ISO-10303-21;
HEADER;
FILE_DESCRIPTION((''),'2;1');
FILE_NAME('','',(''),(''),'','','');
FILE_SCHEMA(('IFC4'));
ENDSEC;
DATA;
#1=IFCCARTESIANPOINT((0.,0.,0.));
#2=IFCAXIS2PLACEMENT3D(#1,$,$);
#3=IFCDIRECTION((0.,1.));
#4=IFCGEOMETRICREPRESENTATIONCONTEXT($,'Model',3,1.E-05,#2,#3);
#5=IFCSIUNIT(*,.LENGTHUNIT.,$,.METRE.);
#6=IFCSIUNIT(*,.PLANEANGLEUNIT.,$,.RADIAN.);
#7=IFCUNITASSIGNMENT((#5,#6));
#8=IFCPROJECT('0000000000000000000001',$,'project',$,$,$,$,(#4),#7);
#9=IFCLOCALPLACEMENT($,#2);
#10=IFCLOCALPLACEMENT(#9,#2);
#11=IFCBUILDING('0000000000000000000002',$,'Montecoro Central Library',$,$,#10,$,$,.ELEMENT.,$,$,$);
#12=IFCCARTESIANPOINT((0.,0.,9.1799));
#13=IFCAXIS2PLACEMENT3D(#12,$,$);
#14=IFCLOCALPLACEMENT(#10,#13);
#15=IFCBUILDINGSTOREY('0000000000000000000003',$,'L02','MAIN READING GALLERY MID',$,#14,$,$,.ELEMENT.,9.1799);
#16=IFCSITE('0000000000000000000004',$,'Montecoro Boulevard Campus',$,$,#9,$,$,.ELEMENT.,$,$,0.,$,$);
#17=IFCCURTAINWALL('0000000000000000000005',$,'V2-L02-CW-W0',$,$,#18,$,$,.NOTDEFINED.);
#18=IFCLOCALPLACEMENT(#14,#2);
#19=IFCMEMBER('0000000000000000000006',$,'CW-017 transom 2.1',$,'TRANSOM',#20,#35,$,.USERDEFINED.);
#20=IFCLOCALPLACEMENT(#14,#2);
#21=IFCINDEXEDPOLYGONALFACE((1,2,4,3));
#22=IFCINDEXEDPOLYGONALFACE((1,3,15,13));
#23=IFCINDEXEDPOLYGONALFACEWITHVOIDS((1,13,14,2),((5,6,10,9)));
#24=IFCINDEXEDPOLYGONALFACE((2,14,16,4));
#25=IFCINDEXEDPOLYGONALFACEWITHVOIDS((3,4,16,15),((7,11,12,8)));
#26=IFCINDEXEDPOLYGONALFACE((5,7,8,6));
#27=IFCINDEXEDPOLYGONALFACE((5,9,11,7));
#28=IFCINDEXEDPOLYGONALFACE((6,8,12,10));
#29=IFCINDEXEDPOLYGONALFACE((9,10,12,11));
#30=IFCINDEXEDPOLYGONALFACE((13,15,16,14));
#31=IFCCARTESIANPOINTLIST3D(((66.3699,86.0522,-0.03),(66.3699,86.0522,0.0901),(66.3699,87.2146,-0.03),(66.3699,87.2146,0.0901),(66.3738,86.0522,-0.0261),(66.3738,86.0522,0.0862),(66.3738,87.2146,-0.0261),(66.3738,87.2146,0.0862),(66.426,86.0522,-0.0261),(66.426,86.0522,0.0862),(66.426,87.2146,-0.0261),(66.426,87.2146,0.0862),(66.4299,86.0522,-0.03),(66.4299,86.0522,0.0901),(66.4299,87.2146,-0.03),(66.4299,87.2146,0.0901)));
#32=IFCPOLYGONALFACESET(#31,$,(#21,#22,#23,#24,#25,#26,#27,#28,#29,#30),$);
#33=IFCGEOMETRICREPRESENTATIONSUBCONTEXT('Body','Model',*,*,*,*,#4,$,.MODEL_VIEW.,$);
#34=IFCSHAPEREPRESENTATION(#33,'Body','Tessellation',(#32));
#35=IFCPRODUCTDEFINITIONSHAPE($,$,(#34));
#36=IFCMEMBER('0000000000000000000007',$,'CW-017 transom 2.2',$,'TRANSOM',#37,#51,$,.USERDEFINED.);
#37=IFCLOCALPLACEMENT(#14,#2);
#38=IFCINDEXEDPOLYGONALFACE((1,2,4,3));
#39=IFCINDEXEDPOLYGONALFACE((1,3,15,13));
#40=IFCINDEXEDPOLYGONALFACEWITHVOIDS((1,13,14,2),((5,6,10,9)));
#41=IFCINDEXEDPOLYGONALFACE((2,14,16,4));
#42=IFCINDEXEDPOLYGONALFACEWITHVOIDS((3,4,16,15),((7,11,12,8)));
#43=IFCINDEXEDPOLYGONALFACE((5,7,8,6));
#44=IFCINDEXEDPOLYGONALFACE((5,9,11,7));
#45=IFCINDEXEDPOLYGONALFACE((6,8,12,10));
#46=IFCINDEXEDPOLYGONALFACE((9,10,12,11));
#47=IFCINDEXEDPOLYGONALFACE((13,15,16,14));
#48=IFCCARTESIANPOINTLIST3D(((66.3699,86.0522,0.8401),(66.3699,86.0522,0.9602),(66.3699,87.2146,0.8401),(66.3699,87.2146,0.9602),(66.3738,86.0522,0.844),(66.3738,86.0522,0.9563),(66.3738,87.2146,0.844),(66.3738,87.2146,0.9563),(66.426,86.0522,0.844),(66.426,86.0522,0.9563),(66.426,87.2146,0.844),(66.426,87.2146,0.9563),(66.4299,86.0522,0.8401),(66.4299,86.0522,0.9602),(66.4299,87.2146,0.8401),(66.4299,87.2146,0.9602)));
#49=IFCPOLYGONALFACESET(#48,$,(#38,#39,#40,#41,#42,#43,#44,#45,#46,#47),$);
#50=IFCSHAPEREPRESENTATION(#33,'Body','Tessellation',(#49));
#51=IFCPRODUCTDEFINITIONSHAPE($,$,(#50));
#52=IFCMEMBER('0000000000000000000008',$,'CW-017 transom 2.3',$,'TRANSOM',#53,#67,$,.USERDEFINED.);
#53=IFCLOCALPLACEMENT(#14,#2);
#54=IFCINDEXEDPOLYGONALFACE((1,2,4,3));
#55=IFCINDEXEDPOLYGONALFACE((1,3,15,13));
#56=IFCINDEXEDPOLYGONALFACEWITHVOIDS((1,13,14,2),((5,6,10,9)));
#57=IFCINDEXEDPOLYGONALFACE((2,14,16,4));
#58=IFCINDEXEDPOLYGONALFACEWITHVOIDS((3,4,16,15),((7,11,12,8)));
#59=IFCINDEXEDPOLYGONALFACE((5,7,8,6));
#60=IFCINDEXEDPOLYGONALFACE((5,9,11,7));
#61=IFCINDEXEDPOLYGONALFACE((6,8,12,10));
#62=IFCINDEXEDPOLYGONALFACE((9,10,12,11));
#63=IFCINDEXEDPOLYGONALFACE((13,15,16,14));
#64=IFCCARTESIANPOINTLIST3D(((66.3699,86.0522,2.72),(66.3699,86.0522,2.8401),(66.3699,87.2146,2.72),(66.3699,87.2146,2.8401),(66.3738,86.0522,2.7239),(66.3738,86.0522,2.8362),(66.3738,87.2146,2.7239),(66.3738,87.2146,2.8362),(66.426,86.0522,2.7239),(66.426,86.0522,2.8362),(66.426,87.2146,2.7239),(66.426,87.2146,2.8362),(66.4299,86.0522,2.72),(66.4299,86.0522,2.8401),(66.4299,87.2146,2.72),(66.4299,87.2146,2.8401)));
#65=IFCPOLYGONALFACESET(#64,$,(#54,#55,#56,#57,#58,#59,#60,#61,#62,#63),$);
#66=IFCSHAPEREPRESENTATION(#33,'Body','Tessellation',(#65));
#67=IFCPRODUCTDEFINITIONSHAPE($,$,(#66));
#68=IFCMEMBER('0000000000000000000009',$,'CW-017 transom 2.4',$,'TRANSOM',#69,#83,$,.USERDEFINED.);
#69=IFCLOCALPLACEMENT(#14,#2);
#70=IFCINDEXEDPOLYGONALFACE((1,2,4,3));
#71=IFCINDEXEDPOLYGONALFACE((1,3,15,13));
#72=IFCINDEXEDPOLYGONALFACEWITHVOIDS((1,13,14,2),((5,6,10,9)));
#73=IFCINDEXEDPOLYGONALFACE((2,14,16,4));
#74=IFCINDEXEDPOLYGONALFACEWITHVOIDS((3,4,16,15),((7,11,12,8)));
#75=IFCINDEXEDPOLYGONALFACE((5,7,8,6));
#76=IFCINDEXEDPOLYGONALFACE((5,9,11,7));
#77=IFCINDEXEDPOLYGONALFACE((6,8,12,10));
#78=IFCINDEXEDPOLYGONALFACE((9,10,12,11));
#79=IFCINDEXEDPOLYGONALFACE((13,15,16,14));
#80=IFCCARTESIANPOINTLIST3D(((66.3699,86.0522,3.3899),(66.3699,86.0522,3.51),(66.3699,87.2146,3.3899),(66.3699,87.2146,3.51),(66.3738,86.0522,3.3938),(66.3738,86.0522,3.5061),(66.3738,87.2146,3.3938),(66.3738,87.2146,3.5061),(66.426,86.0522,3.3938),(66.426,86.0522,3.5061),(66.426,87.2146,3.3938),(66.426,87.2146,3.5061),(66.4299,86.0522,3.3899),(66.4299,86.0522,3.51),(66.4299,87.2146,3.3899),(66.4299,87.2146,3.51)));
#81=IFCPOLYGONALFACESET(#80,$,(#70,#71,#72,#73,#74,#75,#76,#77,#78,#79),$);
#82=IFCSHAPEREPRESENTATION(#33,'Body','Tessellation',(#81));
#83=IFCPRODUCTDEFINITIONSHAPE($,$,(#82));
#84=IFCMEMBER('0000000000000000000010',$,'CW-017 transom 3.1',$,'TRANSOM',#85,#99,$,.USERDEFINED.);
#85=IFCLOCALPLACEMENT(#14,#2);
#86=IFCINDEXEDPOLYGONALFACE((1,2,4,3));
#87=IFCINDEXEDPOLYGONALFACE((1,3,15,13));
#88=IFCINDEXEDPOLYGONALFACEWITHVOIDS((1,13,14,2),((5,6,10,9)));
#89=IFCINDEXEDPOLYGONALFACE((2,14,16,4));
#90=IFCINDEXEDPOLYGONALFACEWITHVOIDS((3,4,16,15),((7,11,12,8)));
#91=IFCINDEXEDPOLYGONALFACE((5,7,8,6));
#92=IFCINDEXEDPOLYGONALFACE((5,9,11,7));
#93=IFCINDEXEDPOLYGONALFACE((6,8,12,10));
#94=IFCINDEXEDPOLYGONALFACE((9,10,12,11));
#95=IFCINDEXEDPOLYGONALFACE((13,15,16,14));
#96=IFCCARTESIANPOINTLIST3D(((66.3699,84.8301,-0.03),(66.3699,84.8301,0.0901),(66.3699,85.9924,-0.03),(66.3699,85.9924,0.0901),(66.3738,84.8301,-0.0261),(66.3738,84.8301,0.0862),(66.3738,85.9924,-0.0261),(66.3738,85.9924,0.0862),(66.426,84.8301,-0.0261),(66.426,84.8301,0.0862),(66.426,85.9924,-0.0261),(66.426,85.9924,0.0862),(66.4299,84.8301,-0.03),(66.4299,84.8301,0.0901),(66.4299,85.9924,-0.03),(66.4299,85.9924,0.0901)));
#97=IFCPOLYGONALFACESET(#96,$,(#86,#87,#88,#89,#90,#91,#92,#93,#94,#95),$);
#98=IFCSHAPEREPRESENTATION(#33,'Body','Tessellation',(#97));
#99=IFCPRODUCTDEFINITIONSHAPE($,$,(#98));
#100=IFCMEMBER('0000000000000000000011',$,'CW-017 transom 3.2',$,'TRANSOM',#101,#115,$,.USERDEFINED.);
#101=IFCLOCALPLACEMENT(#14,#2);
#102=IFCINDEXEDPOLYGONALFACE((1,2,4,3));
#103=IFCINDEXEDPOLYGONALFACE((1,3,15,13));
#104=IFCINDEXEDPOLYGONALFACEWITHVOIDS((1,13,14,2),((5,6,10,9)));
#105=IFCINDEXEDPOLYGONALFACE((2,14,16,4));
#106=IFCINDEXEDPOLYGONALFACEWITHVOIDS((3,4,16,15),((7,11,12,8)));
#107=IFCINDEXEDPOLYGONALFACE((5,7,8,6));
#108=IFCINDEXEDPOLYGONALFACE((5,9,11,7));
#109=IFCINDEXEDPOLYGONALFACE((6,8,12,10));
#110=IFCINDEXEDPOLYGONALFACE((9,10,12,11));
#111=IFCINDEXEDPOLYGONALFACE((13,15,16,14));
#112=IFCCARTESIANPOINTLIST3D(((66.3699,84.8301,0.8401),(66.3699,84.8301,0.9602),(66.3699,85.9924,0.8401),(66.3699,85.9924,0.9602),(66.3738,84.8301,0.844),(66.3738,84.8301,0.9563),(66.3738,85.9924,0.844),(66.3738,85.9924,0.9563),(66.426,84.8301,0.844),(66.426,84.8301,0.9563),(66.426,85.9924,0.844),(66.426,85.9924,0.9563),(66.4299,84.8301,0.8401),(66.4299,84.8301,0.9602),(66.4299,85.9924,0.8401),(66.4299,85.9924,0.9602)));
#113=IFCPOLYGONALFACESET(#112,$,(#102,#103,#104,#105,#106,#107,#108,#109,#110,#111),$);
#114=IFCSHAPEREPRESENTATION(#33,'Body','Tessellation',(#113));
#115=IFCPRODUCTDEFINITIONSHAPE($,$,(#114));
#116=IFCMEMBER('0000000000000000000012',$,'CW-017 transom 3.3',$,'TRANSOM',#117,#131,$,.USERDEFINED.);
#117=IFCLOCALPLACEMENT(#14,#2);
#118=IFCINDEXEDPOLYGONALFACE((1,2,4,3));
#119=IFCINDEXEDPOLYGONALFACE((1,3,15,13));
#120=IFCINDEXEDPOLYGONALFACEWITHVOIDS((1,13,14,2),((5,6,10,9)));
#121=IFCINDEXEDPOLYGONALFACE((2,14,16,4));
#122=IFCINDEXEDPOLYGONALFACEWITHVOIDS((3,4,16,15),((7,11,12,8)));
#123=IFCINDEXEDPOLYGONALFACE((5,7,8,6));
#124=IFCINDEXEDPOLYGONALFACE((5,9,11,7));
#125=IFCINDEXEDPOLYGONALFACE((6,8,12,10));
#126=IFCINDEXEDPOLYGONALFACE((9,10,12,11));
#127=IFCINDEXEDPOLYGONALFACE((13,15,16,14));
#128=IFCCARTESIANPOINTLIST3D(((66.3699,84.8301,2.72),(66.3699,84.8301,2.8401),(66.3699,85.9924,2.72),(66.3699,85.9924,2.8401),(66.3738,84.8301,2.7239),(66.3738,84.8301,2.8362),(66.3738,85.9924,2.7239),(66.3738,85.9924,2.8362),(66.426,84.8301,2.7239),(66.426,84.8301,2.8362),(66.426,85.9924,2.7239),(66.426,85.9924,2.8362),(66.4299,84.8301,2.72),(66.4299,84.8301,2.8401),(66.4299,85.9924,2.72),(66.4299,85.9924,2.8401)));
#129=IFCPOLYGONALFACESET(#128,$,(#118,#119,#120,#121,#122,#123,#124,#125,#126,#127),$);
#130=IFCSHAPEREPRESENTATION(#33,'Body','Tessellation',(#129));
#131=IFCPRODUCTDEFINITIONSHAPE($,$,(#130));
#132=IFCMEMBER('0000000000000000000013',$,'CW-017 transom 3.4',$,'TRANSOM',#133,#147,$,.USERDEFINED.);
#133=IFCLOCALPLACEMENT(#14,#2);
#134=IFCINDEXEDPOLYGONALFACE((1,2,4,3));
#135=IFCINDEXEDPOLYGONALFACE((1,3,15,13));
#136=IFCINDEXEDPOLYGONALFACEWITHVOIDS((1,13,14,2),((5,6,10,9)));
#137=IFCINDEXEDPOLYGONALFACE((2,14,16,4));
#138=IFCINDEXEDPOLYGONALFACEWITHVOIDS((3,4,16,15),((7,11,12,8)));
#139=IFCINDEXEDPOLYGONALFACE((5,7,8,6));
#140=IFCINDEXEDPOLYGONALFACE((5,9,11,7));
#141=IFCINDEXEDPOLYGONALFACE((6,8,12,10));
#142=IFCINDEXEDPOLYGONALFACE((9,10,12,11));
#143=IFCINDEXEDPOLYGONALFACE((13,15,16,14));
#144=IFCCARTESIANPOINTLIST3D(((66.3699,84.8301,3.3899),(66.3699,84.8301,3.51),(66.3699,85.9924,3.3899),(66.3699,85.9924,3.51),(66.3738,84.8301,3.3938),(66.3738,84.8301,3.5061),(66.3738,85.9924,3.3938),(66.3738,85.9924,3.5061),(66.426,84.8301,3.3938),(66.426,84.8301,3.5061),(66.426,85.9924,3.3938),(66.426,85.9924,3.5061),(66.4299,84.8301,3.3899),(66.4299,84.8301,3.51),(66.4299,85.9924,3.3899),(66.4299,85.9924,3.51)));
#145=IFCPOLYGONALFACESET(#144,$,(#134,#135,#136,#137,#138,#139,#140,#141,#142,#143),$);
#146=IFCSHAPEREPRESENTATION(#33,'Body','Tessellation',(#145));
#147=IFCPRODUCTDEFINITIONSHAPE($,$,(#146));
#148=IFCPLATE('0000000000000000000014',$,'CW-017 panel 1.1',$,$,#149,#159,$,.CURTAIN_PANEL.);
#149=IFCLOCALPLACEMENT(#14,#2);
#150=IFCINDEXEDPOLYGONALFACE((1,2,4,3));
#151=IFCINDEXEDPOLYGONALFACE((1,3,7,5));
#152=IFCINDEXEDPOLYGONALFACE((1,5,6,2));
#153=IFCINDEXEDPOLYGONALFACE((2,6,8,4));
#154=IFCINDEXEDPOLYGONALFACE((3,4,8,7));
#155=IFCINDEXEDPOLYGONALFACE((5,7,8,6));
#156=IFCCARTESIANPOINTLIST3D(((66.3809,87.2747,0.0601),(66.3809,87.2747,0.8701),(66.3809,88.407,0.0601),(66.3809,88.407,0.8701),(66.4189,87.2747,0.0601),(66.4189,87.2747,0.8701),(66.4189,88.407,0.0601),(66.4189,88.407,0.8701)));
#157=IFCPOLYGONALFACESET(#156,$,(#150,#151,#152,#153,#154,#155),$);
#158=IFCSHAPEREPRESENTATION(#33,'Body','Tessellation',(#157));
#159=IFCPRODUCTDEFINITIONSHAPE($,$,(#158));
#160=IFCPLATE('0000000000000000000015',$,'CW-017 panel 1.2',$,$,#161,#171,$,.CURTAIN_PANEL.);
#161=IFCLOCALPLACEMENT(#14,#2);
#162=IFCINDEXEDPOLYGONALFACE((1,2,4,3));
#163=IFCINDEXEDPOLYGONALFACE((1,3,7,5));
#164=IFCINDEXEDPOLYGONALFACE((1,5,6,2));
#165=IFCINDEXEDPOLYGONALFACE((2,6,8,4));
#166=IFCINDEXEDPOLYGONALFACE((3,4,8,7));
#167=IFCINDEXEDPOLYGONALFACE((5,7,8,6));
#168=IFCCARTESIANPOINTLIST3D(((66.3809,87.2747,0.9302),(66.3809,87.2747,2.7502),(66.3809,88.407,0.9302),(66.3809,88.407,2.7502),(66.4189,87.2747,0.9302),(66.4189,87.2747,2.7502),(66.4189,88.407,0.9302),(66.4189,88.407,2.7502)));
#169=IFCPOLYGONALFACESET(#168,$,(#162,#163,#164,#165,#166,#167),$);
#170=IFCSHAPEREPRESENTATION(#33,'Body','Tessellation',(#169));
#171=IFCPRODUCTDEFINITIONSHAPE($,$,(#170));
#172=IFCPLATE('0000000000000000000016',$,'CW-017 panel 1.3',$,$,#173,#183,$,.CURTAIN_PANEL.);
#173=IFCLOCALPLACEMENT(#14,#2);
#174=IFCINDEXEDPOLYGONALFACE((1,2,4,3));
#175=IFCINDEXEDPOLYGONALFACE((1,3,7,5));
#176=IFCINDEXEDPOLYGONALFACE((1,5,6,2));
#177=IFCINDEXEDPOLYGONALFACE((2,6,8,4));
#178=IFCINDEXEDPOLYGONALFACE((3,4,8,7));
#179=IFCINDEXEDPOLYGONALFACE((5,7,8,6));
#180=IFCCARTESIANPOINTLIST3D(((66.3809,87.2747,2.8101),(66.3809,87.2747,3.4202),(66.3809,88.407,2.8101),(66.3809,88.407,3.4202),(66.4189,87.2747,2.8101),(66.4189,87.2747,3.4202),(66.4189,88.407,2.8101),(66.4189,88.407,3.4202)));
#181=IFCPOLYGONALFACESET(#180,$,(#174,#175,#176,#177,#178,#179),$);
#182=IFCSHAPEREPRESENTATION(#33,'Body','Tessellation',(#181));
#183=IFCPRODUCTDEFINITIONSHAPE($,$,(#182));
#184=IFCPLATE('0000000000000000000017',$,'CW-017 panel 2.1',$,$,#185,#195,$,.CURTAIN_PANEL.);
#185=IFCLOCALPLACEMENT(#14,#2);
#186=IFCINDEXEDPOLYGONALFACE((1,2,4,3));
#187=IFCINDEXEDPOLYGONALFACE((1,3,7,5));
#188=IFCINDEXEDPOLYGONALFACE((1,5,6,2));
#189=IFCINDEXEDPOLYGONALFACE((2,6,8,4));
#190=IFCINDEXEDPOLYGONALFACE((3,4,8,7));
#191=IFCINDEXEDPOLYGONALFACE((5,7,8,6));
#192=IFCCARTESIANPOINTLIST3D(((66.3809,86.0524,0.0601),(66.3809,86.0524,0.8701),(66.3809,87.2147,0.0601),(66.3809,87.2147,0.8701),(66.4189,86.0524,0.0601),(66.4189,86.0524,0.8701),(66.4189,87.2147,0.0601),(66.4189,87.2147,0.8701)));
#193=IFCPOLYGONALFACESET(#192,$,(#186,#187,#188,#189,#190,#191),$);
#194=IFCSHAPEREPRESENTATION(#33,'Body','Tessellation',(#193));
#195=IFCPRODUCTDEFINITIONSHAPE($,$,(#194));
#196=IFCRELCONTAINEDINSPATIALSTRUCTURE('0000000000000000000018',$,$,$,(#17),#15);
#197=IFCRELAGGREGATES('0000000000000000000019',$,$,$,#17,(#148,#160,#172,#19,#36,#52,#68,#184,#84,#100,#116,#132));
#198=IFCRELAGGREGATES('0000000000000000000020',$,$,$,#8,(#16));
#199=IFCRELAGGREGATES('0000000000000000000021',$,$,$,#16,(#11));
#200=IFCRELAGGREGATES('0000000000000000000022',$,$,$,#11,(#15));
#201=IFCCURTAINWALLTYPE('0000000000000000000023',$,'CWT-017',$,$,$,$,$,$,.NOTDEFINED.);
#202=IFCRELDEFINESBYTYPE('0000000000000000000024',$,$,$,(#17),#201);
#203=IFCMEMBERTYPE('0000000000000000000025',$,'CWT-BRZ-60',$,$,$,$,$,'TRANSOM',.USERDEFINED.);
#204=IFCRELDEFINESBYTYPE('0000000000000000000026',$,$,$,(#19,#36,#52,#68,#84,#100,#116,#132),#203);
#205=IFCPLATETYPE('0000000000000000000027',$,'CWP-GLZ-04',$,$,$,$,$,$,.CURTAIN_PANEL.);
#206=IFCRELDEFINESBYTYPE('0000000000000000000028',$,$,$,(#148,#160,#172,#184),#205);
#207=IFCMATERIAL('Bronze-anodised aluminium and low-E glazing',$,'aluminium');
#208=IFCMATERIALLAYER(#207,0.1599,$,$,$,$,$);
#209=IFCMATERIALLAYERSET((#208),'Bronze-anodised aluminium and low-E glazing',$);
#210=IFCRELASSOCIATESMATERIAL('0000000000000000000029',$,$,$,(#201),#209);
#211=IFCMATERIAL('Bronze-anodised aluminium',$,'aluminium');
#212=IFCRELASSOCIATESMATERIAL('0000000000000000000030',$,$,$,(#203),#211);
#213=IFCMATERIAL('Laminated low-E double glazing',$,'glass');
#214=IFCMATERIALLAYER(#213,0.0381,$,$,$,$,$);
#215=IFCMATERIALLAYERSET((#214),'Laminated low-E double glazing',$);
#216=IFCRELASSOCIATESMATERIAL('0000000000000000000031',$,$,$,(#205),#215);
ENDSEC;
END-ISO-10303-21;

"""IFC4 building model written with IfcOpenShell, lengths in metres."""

from ifc_helpers import new_model, si_unit, direction, frame, origin, origin_2d, place, context, subcontext, project, spatial, rectangle, hollow_rectangle, extrude, material, layer, layer_set, material_profile, profile_set, type_object, element, aggregate, save


model = new_model("IFC4")

# Units and contexts
model_context = context("Model", 3, precision=1e-05, world=origin(), true_north=direction((0.0, 1.0)))
body_context = subcontext(model_context, "Body", "Model", "MODEL_VIEW")
ifc_project = project(units=[si_unit("LENGTHUNIT", "METRE"), si_unit("PLANEANGLEUNIT", "RADIAN")], contexts=[model_context])

# Site, building, storey
site_placement = place(None, origin())
site = spatial("IfcSite", under=ifc_project, at=site_placement, Name="Montecoro Boulevard Campus", CompositionType="ELEMENT", RefElevation=0.0)
building_placement = place(site_placement, origin())
building = spatial("IfcBuilding", under=site, at=building_placement, Name="Montecoro Central Library", CompositionType="ELEMENT")
storey_placement = place(building_placement, frame((0.0, 0.0, 9.1799)))
storey = spatial("IfcBuildingStorey", under=building, at=storey_placement, Name="L02", Description="MAIN READING GALLERY MID", CompositionType="ELEMENT", Elevation=9.1799)

# Curtain wall, members, plates
ifc_material_1 = material(Name="Bronze-anodised aluminium and low-E glazing", Category="aluminium")
ifc_layer_1 = layer(ifc_material_1, 0.1599)
ifc_layer_set_1 = layer_set([ifc_layer_1], Name="Bronze-anodised aluminium and low-E glazing")
curtain_wall_type = type_object("IfcCurtainWallType", Name="CWT-017", PredefinedType="NOTDEFINED", material=ifc_layer_set_1)
curtain_wall_placement = place(storey_placement, origin())
curtain_wall = element("IfcCurtainWall", 1, at=curtain_wall_placement, inside=storey, type_object=curtain_wall_type, Name="V2-L02-CW-W0", PredefinedType="NOTDEFINED")
ifc_material_2 = material(Name="Bronze-anodised aluminium", Category="aluminium")
ifc_material_profile_1 = material_profile(ifc_material_2, hollow_rectangle(XDim=0.0601, YDim=0.1201, WallThickness=0.0039, at=origin_2d()), Name="CWT 120x60x4.0")
ifc_profile_set_1 = profile_set([ifc_material_profile_1], Name="Bronze-anodised aluminium")
member_type_1 = type_object("IfcMemberType", Name="CWT-BRZ-60", ElementType="TRANSOM", PredefinedType="USERDEFINED", material=ifc_profile_set_1)
member_1_placement = place(storey_placement, frame((66.3999, 87.2146, 0.03), z_axis=(0.0, -1.0, 0.0), x_axis=(1.0, 0.0, 0.0)))
member_1 = element("IfcMember", 2, at=member_1_placement, type_object=member_type_1, Name="CW-017 transom 2.1", ObjectType="TRANSOM", PredefinedType="USERDEFINED", context=body_context, shape_type="SweptSolid", body=[
    extrude(hollow_rectangle(XDim=0.0601, YDim=0.1201, WallThickness=0.0039, at=origin_2d()), origin(), (0.0, 0.0, 1.0), 1.1624),
])
member_2_placement = place(storey_placement, frame((66.3999, 87.2146, 0.9001), z_axis=(0.0, -1.0, 0.0), x_axis=(1.0, 0.0, 0.0)))
member_2 = element("IfcMember", 3, at=member_2_placement, type_object=member_type_1, Name="CW-017 transom 2.2", ObjectType="TRANSOM", PredefinedType="USERDEFINED", context=body_context, shape_type="SweptSolid", body=[
    extrude(hollow_rectangle(XDim=0.0601, YDim=0.1201, WallThickness=0.0039, at=origin_2d()), origin(), (0.0, 0.0, 1.0), 1.1624),
])
member_3_placement = place(storey_placement, frame((66.3999, 87.2146, 2.78), z_axis=(0.0, -1.0, 0.0), x_axis=(1.0, 0.0, 0.0)))
member_3 = element("IfcMember", 4, at=member_3_placement, type_object=member_type_1, Name="CW-017 transom 2.3", ObjectType="TRANSOM", PredefinedType="USERDEFINED", context=body_context, shape_type="SweptSolid", body=[
    extrude(hollow_rectangle(XDim=0.0601, YDim=0.1201, WallThickness=0.0039, at=origin_2d()), origin(), (0.0, 0.0, 1.0), 1.1624),
])
member_4_placement = place(storey_placement, frame((66.3999, 87.2146, 3.45), z_axis=(0.0, -1.0, 0.0), x_axis=(1.0, 0.0, 0.0)))
member_4 = element("IfcMember", 5, at=member_4_placement, type_object=member_type_1, Name="CW-017 transom 2.4", ObjectType="TRANSOM", PredefinedType="USERDEFINED", context=body_context, shape_type="SweptSolid", body=[
    extrude(hollow_rectangle(XDim=0.0601, YDim=0.1201, WallThickness=0.0039, at=origin_2d()), origin(), (0.0, 0.0, 1.0), 1.1624),
])
member_5_placement = place(storey_placement, frame((66.3999, 85.9924, 0.03), z_axis=(0.0, -1.0, 0.0), x_axis=(1.0, 0.0, 0.0)))
member_5 = element("IfcMember", 6, at=member_5_placement, type_object=member_type_1, Name="CW-017 transom 3.1", ObjectType="TRANSOM", PredefinedType="USERDEFINED", context=body_context, shape_type="SweptSolid", body=[
    extrude(hollow_rectangle(XDim=0.0601, YDim=0.1201, WallThickness=0.0039, at=origin_2d()), origin(), (0.0, 0.0, 1.0), 1.1624),
])
member_6_placement = place(storey_placement, frame((66.3999, 85.9924, 0.9001), z_axis=(0.0, -1.0, 0.0), x_axis=(1.0, 0.0, 0.0)))
member_6 = element("IfcMember", 7, at=member_6_placement, type_object=member_type_1, Name="CW-017 transom 3.2", ObjectType="TRANSOM", PredefinedType="USERDEFINED", context=body_context, shape_type="SweptSolid", body=[
    extrude(hollow_rectangle(XDim=0.0601, YDim=0.1201, WallThickness=0.0039, at=origin_2d()), origin(), (0.0, 0.0, 1.0), 1.1624),
])
member_7_placement = place(storey_placement, frame((66.3999, 85.9924, 2.78), z_axis=(0.0, -1.0, 0.0), x_axis=(1.0, 0.0, 0.0)))
member_7 = element("IfcMember", 8, at=member_7_placement, type_object=member_type_1, Name="CW-017 transom 3.3", ObjectType="TRANSOM", PredefinedType="USERDEFINED", context=body_context, shape_type="SweptSolid", body=[
    extrude(hollow_rectangle(XDim=0.0601, YDim=0.1201, WallThickness=0.0039, at=origin_2d()), origin(), (0.0, 0.0, 1.0), 1.1624),
])
member_8_placement = place(storey_placement, frame((66.3999, 85.9924, 3.45), z_axis=(0.0, -1.0, 0.0), x_axis=(1.0, 0.0, 0.0)))
member_8 = element("IfcMember", 9, at=member_8_placement, type_object=member_type_1, Name="CW-017 transom 3.4", ObjectType="TRANSOM", PredefinedType="USERDEFINED", context=body_context, shape_type="SweptSolid", body=[
    extrude(hollow_rectangle(XDim=0.0601, YDim=0.1201, WallThickness=0.0039, at=origin_2d()), origin(), (0.0, 0.0, 1.0), 1.1624),
])
ifc_material_3 = material(Name="Laminated low-E double glazing", Category="glass")
ifc_layer_2 = layer(ifc_material_3, 0.0381)
ifc_layer_set_2 = layer_set([ifc_layer_2], Name="Laminated low-E double glazing")
plate_type = type_object("IfcPlateType", Name="CWP-GLZ-04", PredefinedType="CURTAIN_PANEL", material=ifc_layer_set_2)
plate_1_placement = place(storey_placement, frame((66.3999, 87.8408, 0.0601), z_axis=(0.0, 0.0, 1.0), x_axis=(0.0, -1.0, 0.0)))
plate_1 = element("IfcPlate", 10, at=plate_1_placement, type_object=plate_type, Name="CW-017 panel 1.1", PredefinedType="CURTAIN_PANEL", context=body_context, shape_type="SweptSolid", body=[
    extrude(rectangle(XDim=1.1323, YDim=0.0381, at=origin_2d()), origin(), (0.0, 0.0, 1.0), 0.8101),
])
plate_2_placement = place(storey_placement, frame((66.3999, 87.8408, 0.9302), z_axis=(0.0, 0.0, 1.0), x_axis=(0.0, -1.0, 0.0)))
plate_2 = element("IfcPlate", 11, at=plate_2_placement, type_object=plate_type, Name="CW-017 panel 1.2", PredefinedType="CURTAIN_PANEL", context=body_context, shape_type="SweptSolid", body=[
    extrude(rectangle(XDim=1.1323, YDim=0.0381, at=origin_2d()), origin(), (0.0, 0.0, 1.0), 1.8201),
])
plate_3_placement = place(storey_placement, frame((66.3999, 87.8408, 2.8101), z_axis=(0.0, 0.0, 1.0), x_axis=(0.0, -1.0, 0.0)))
plate_3 = element("IfcPlate", 12, at=plate_3_placement, type_object=plate_type, Name="CW-017 panel 1.3", PredefinedType="CURTAIN_PANEL", context=body_context, shape_type="SweptSolid", body=[
    extrude(rectangle(XDim=1.1323, YDim=0.0381, at=origin_2d()), origin(), (0.0, 0.0, 1.0), 0.6101),
])
plate_4_placement = place(storey_placement, frame((66.3999, 86.6335, 0.0601), z_axis=(0.0, 0.0, 1.0), x_axis=(0.0, -1.0, 0.0)))
plate_4 = element("IfcPlate", 13, at=plate_4_placement, type_object=plate_type, Name="CW-017 panel 2.1", PredefinedType="CURTAIN_PANEL", context=body_context, shape_type="SweptSolid", body=[
    extrude(rectangle(XDim=1.1624, YDim=0.0381, at=origin_2d()), origin(), (0.0, 0.0, 1.0), 0.8101),
])
aggregate(curtain_wall, [plate_1, plate_2, plate_3, member_1, member_2, member_3, member_4, plate_4, member_5, member_6, member_7, member_8])

save(model, "model.ifc")
